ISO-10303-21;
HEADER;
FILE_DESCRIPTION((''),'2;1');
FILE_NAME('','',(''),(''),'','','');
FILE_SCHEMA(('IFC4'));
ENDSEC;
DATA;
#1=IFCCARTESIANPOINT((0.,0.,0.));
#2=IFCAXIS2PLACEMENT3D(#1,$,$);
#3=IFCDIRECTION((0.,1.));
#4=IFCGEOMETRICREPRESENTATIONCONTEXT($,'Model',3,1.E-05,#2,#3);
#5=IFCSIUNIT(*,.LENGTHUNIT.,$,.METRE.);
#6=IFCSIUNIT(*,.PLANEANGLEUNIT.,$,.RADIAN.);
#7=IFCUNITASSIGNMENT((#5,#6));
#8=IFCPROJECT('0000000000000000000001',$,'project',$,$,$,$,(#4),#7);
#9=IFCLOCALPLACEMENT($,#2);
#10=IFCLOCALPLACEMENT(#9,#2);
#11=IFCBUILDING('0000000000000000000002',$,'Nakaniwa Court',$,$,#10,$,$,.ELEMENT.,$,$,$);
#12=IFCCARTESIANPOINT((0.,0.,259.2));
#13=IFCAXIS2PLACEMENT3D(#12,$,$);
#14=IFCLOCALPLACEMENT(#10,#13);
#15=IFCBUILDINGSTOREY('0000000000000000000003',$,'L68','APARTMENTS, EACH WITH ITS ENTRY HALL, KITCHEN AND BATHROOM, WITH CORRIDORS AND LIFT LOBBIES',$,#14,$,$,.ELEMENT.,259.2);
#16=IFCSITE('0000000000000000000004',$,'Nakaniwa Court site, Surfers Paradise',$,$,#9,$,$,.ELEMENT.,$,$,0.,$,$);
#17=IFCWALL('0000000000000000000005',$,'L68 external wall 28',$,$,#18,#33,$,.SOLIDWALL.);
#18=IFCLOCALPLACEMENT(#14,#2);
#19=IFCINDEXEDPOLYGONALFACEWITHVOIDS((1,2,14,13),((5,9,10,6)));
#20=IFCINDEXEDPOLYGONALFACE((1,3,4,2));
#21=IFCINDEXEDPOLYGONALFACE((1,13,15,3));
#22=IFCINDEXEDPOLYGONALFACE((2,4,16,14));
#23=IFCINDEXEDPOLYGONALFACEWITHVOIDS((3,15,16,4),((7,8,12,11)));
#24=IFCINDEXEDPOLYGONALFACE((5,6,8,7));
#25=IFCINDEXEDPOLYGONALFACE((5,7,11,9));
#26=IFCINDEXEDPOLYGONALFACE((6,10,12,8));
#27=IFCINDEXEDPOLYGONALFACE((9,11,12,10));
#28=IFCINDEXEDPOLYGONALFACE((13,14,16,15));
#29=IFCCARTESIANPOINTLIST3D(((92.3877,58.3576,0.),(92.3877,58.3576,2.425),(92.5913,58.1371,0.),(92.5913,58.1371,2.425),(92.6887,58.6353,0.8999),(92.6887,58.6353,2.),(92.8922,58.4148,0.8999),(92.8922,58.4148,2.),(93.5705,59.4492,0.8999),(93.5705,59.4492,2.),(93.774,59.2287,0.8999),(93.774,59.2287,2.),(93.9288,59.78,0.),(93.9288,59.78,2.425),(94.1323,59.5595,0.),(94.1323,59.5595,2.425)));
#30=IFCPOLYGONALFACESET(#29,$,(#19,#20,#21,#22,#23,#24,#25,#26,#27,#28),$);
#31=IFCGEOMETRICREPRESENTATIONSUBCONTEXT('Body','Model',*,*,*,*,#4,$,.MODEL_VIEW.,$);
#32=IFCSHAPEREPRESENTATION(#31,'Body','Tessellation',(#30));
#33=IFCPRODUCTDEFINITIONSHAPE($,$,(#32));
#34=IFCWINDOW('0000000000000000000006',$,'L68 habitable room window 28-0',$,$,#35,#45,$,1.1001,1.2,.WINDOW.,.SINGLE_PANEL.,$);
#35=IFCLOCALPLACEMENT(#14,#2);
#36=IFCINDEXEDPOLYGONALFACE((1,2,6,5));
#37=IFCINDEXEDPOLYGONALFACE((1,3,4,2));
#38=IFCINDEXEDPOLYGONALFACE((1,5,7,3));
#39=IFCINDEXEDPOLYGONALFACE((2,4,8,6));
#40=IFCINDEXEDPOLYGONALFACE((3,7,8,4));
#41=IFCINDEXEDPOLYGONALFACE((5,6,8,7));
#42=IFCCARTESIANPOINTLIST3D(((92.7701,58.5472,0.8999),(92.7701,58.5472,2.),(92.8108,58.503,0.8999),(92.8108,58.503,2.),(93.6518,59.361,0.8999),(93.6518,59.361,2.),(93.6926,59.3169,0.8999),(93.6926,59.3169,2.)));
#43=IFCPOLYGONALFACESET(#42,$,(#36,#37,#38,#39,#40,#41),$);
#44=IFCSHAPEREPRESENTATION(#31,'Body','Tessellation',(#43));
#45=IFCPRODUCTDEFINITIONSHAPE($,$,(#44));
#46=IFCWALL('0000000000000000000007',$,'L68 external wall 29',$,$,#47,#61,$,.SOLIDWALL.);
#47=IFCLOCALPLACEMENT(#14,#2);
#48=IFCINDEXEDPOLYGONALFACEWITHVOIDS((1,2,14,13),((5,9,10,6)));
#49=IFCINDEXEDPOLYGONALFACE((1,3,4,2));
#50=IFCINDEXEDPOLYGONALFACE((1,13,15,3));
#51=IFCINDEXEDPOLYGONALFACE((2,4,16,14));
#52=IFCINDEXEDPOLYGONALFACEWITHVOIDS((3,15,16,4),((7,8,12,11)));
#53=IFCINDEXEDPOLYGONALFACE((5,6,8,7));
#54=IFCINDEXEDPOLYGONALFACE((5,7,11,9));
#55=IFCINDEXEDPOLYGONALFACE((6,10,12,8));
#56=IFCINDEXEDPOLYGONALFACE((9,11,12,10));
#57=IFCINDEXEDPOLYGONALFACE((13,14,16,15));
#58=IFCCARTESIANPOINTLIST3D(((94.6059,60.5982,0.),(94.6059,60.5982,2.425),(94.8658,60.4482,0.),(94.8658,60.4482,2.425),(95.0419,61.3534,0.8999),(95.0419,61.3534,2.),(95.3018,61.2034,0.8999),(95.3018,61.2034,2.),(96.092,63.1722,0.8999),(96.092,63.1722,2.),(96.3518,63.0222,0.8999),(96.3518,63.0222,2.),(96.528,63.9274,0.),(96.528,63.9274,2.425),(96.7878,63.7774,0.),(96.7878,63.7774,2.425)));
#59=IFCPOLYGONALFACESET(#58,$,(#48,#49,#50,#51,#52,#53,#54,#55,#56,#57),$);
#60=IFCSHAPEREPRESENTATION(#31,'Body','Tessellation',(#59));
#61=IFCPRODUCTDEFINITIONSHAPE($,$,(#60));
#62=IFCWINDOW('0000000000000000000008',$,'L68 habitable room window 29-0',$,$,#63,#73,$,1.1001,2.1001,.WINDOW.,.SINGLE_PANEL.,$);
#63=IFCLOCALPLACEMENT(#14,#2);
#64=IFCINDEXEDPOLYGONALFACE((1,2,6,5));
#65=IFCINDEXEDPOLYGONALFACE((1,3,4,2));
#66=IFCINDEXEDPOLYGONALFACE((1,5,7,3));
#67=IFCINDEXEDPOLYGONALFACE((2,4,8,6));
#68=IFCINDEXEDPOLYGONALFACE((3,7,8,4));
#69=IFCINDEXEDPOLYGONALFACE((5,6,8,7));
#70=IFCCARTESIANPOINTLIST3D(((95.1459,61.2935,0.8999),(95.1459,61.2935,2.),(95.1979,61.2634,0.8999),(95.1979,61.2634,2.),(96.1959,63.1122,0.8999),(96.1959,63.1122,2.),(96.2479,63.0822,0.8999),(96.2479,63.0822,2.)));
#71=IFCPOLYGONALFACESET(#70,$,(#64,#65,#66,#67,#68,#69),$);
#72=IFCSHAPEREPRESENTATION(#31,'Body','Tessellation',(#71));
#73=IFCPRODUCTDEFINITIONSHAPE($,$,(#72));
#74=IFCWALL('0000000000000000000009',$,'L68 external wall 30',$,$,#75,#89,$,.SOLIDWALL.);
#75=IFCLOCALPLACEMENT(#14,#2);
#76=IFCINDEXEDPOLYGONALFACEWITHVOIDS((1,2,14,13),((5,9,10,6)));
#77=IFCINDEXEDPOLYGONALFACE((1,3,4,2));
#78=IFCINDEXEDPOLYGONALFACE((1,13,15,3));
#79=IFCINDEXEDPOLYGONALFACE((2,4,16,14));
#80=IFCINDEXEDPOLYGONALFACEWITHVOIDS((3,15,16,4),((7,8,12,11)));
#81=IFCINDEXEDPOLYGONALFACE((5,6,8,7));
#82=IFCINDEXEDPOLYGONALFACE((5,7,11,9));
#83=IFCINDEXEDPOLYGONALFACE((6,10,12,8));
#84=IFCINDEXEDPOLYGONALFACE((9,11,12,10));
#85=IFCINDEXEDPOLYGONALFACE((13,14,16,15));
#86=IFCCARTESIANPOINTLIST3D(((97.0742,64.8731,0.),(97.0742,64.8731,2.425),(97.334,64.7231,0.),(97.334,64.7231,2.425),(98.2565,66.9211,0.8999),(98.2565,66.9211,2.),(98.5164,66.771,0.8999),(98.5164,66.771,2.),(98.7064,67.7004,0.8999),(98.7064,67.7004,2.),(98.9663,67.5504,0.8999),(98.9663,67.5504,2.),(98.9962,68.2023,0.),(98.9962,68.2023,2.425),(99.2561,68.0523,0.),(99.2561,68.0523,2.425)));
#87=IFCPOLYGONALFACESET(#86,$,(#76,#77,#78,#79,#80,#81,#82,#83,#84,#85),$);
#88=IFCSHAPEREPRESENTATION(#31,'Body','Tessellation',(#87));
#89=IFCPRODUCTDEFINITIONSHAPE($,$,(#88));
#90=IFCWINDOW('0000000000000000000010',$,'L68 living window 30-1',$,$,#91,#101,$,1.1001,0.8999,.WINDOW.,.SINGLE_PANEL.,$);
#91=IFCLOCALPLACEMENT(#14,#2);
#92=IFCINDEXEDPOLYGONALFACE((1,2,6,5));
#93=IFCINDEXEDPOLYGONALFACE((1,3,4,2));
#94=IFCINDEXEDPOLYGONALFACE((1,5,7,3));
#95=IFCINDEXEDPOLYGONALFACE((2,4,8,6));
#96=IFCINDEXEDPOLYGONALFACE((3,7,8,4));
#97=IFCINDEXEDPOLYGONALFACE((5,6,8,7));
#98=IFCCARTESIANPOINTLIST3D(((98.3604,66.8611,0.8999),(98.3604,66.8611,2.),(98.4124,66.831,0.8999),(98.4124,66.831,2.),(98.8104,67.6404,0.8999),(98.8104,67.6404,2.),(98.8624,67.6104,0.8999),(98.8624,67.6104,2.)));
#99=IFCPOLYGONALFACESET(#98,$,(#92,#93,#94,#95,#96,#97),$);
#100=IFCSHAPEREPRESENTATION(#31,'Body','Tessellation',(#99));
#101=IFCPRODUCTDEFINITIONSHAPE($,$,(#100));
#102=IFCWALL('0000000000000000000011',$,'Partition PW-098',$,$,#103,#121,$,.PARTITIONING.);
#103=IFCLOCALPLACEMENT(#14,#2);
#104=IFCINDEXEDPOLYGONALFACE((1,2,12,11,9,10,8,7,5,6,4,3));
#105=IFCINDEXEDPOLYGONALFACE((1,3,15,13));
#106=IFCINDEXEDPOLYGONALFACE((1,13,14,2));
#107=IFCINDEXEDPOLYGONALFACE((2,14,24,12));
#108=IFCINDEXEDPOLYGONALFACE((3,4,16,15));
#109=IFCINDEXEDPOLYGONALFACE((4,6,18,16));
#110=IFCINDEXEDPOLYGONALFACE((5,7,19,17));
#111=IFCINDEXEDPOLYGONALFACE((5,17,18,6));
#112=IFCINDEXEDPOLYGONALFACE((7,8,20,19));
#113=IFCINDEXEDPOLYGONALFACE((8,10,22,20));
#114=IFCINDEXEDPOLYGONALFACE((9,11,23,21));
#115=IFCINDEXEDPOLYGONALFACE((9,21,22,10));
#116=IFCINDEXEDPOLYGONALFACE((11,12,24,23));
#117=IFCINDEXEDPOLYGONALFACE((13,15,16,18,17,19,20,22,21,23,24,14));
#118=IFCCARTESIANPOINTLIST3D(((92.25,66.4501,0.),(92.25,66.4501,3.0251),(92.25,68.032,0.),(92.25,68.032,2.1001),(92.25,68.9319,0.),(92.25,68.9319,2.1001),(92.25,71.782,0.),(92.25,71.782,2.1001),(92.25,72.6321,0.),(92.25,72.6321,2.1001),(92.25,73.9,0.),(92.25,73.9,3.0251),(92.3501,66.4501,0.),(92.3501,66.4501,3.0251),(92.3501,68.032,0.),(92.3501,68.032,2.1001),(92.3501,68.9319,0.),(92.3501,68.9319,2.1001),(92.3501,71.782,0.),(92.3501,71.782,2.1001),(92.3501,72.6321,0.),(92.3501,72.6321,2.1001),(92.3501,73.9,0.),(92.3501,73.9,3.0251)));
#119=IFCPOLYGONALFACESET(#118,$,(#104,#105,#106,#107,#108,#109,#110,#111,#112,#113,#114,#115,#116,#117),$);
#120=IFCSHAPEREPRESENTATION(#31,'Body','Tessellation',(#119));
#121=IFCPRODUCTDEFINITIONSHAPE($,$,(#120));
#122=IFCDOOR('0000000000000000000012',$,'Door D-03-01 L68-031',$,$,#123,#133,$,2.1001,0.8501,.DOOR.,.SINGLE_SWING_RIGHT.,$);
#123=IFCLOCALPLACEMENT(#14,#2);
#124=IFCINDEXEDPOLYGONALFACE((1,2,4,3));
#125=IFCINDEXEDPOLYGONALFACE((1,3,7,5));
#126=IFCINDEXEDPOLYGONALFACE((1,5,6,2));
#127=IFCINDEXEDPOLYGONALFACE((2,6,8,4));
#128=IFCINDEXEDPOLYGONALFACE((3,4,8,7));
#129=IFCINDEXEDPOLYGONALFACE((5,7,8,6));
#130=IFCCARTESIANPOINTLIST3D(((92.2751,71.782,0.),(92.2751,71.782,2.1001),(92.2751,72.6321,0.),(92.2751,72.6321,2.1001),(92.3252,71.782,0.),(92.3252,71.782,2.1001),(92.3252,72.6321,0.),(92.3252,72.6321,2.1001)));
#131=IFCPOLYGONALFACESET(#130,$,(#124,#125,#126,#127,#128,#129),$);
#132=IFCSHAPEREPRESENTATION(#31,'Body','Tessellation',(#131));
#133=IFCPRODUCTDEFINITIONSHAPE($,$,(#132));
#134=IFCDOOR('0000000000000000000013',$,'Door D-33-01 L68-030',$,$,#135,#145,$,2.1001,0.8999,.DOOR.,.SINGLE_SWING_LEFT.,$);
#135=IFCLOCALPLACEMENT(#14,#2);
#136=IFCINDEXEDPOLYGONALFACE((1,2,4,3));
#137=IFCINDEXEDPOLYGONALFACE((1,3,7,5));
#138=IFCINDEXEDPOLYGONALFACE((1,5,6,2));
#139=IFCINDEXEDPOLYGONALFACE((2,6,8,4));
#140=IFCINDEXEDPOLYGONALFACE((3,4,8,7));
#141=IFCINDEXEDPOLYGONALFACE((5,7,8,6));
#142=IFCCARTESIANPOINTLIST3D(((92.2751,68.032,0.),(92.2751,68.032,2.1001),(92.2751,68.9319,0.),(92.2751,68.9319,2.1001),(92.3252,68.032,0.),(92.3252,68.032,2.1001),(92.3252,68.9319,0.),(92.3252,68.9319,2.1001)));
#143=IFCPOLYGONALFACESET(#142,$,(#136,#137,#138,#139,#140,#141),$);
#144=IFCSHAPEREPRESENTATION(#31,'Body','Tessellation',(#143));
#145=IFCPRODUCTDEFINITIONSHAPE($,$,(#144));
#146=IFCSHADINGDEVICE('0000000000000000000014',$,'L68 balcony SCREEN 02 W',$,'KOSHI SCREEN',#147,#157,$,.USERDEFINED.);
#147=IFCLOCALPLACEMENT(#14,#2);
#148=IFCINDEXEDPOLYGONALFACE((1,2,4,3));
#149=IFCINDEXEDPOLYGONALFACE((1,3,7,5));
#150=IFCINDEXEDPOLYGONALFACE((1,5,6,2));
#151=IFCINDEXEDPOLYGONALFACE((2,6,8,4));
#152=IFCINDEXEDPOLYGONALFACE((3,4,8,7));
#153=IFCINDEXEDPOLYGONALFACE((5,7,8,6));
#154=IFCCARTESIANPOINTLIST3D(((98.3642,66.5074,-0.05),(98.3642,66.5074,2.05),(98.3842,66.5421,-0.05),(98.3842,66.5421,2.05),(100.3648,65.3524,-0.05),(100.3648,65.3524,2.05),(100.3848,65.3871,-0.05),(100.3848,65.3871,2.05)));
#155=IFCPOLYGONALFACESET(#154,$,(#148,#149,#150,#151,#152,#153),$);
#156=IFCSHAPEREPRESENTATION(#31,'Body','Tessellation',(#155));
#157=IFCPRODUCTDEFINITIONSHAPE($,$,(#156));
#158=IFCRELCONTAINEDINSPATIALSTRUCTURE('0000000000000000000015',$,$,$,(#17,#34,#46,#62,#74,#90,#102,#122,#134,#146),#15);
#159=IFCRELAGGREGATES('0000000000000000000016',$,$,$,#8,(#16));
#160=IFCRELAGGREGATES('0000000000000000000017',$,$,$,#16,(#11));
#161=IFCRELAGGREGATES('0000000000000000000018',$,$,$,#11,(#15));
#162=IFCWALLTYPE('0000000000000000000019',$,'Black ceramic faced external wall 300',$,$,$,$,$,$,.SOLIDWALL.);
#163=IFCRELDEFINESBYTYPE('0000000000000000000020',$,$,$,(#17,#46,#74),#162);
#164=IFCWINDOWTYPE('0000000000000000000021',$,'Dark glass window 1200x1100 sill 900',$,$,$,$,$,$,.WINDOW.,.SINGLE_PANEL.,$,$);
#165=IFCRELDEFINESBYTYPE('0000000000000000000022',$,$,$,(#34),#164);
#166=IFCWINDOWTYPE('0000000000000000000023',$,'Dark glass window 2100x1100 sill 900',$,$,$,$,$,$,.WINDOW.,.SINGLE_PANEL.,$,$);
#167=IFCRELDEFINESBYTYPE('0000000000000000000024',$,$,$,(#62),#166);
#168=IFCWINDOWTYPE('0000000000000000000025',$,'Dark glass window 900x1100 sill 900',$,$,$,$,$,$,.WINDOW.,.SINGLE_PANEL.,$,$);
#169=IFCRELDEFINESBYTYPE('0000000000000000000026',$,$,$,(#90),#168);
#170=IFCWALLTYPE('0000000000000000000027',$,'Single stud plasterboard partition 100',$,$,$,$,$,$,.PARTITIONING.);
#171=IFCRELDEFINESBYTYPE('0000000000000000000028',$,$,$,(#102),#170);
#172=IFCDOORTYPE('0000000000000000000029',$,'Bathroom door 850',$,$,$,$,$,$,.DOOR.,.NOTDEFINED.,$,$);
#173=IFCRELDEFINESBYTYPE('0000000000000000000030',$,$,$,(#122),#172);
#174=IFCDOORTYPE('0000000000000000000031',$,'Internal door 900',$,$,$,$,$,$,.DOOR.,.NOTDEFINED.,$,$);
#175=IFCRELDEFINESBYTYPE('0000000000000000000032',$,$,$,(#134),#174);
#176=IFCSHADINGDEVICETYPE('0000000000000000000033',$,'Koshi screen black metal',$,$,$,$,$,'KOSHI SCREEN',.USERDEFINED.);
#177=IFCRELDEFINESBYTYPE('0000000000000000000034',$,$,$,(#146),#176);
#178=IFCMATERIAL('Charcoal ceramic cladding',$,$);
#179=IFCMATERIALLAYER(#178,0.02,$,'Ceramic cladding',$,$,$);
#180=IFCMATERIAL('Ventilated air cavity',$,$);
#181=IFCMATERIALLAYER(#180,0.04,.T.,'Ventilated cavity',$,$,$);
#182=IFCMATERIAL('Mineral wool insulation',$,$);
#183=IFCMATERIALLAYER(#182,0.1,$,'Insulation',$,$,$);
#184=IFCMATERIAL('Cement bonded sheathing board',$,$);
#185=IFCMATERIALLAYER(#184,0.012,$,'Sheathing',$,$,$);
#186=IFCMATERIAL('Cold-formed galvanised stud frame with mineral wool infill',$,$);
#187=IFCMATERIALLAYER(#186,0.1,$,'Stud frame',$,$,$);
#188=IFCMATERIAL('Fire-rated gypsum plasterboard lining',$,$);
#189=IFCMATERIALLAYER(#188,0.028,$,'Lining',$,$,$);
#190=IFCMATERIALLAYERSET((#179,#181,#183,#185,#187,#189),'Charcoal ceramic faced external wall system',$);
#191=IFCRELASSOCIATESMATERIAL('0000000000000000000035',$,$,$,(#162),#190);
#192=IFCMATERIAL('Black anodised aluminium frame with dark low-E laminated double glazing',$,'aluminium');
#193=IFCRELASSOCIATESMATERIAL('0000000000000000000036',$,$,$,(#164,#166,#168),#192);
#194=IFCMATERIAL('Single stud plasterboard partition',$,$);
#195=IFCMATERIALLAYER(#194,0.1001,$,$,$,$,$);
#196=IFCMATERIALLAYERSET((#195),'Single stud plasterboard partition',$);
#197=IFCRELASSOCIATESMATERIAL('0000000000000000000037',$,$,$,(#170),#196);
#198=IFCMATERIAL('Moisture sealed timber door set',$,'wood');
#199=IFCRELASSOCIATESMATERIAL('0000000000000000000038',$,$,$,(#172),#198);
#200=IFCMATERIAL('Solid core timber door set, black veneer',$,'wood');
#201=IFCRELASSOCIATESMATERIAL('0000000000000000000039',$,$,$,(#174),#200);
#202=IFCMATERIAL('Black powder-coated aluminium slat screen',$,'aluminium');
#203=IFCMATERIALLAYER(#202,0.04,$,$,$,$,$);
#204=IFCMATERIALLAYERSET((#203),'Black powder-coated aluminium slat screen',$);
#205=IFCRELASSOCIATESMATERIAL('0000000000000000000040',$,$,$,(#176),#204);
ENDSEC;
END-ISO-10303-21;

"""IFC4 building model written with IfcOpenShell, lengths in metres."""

from ifc_helpers import new_model, si_unit, direction, frame, frame_2d, origin, origin_2d, place, context, subcontext, project, spatial, rectangle, extrude, material, layer, layer_set, type_object, element, fill, save


model = new_model("IFC4")

# Units and contexts
model_context = context("Model", 3, precision=1e-05, world=origin(), true_north=direction((0.0, 1.0)))
body_context = subcontext(model_context, "Body", "Model", "MODEL_VIEW")
ifc_project = project(units=[si_unit("LENGTHUNIT", "METRE"), si_unit("PLANEANGLEUNIT", "RADIAN")], contexts=[model_context])

# Site, building, storey
site_placement = place(None, origin())
site = spatial("IfcSite", under=ifc_project, at=site_placement, Name="Nakaniwa Court site, Surfers Paradise", CompositionType="ELEMENT", RefElevation=0.0)
building_placement = place(site_placement, origin())
building = spatial("IfcBuilding", under=site, at=building_placement, Name="Nakaniwa Court", CompositionType="ELEMENT")
storey_placement = place(building_placement, frame((0.0, 0.0, 259.2)))
storey = spatial("IfcBuildingStorey", under=building, at=storey_placement, Name="L68", Description="APARTMENTS, EACH WITH ITS ENTRY HALL, KITCHEN AND BATHROOM, WITH CORRIDORS AND LIFT LOBBIES", CompositionType="ELEMENT", Elevation=259.2)

# Walls, openings, windows
ifc_material_1 = material(Name="Charcoal ceramic cladding")
ifc_layer_1 = layer(ifc_material_1, 0.02, Name="Ceramic cladding")
ifc_material_2 = material(Name="Ventilated air cavity")
ifc_layer_2 = layer(ifc_material_2, 0.04, ventilated=True, Name="Ventilated cavity")
ifc_material_3 = material(Name="Mineral wool insulation")
ifc_layer_3 = layer(ifc_material_3, 0.1, Name="Insulation")
ifc_material_4 = material(Name="Cement bonded sheathing board")
ifc_layer_4 = layer(ifc_material_4, 0.012, Name="Sheathing")
ifc_material_5 = material(Name="Cold-formed galvanised stud frame with mineral wool infill")
ifc_layer_5 = layer(ifc_material_5, 0.1, Name="Stud frame")
ifc_material_6 = material(Name="Fire-rated gypsum plasterboard lining")
ifc_layer_6 = layer(ifc_material_6, 0.028, Name="Lining")
ifc_layer_set_1 = layer_set([ifc_layer_1, ifc_layer_2, ifc_layer_3, ifc_layer_4, ifc_layer_5, ifc_layer_6], Name="Charcoal ceramic faced external wall system")
wall_type_1 = type_object("IfcWallType", Name="Black ceramic faced external wall 300", PredefinedType="SOLIDWALL", material=ifc_layer_set_1)
ifc_material_7 = material(Name="Black anodised aluminium frame with dark low-E laminated double glazing", Category="aluminium")
window_type_1 = type_object("IfcWindowType", Name="Dark glass window 1200x1100 sill 900", PartitioningType="SINGLE_PANEL", PredefinedType="WINDOW", material=ifc_material_7)
wall_1_placement = place(storey_placement, frame((92.4895, 58.2473, 0.0), z_axis=(0.0, 0.0, 1.0), x_axis=(0.73483, 0.678251, 0.0)))
wall_1 = element("IfcWall", 1, at=wall_1_placement, inside=storey, type_object=wall_type_1, Name="L68 external wall 28", PredefinedType="SOLIDWALL", context=body_context, shape_type="SweptSolid", body=[
    extrude(rectangle(XDim=2.0972, YDim=0.3, at=frame_2d((1.0486, 0.0))), origin(), (0.0, 0.0, 1.0), 2.425),
])
opening_1_placement = place(wall_1_placement, frame((0.4094, 0.0, 0.8999)))
opening_1 = element("IfcOpeningElement", 2, at=opening_1_placement, cuts=wall_1, PredefinedType="OPENING", context=body_context, shape_type="SweptSolid", body=[
    extrude(rectangle(XDim=1.2, YDim=1.1001, at=frame_2d((0.6001, 0.55))), frame((0.0, 0.1599, 0.0), z_axis=(0.0, -1.0, 0.0), x_axis=(1.0, 0.0, 0.0)), (0.0, 0.0, 1.0), 0.3201),
])
window_1_placement = place(opening_1_placement, origin())
window_1 = element("IfcWindow", 3, at=window_1_placement, inside=storey, type_object=window_type_1, Name="L68 habitable room window 28-0", OverallHeight=1.1001, OverallWidth=1.2, PartitioningType="SINGLE_PANEL", PredefinedType="WINDOW", context=body_context, shape_type="SweptSolid", body=[
    extrude(rectangle(XDim=1.2, YDim=1.1001, at=frame_2d((0.6001, 0.55))), frame((0.0, 0.03, 0.0), z_axis=(0.0, -1.0, 0.0), x_axis=(1.0, 0.0, 0.0)), (0.0, 0.0, 1.0), 0.0601),
])
fill(opening_1, window_1)
wall_2_placement = place(storey_placement, frame((94.7358, 60.5232, 0.0), z_axis=(0.0, 0.0, 1.0), x_axis=(0.499984, 0.866034, 0.0)))
wall_2 = element("IfcWall", 4, at=wall_2_placement, inside=storey, type_object=wall_type_1, Name="L68 external wall 29", PredefinedType="SOLIDWALL", context=body_context, shape_type="SweptSolid", body=[
    extrude(rectangle(XDim=3.8442, YDim=0.3, at=frame_2d((1.9221, 0.0))), origin(), (0.0, 0.0, 1.0), 2.425),
])
opening_2_placement = place(wall_2_placement, frame((0.8721, 0.0, 0.8999)))
opening_2 = element("IfcOpeningElement", 5, at=opening_2_placement, cuts=wall_2, PredefinedType="OPENING", context=body_context, shape_type="SweptSolid", body=[
    extrude(rectangle(XDim=2.1001, YDim=1.1001, at=frame_2d((1.05, 0.55))), frame((0.0, 0.1599, 0.0), z_axis=(0.0, -1.0, 0.0), x_axis=(1.0, 0.0, 0.0)), (0.0, 0.0, 1.0), 0.3201),
])
window_type_2 = type_object("IfcWindowType", Name="Dark glass window 2100x1100 sill 900", PartitioningType="SINGLE_PANEL", PredefinedType="WINDOW", material=ifc_material_7)
window_2_placement = place(opening_2_placement, origin())
window_2 = element("IfcWindow", 6, at=window_2_placement, inside=storey, type_object=window_type_2, Name="L68 habitable room window 29-0", OverallHeight=1.1001, OverallWidth=2.1001, PartitioningType="SINGLE_PANEL", PredefinedType="WINDOW", context=body_context, shape_type="SweptSolid", body=[
    extrude(rectangle(XDim=2.1001, YDim=1.1001, at=frame_2d((1.05, 0.55))), frame((0.0, 0.03, 0.0), z_axis=(0.0, -1.0, 0.0), x_axis=(1.0, 0.0, 0.0)), (0.0, 0.0, 1.0), 0.0601),
])
fill(opening_2, window_2)
wall_3_placement = place(storey_placement, frame((97.2041, 64.7981, 0.0), z_axis=(0.0, 0.0, 1.0), x_axis=(0.499984, 0.866034, 0.0)))
wall_3 = element("IfcWall", 7, at=wall_3_placement, inside=storey, type_object=wall_type_1, Name="L68 external wall 30", PredefinedType="SOLIDWALL", context=body_context, shape_type="SweptSolid", body=[
    extrude(rectangle(XDim=3.8442, YDim=0.3, at=frame_2d((1.9221, 0.0))), origin(), (0.0, 0.0, 1.0), 2.425),
])
opening_3_placement = place(wall_3_placement, frame((2.3647, 0.0, 0.8999)))
opening_3 = element("IfcOpeningElement", 8, at=opening_3_placement, cuts=wall_3, PredefinedType="OPENING", context=body_context, shape_type="SweptSolid", body=[
    extrude(rectangle(XDim=0.8999, YDim=1.1001, at=frame_2d((0.45, 0.55))), frame((0.0, 0.1599, 0.0), z_axis=(0.0, -1.0, 0.0), x_axis=(1.0, 0.0, 0.0)), (0.0, 0.0, 1.0), 0.3201),
])
window_type_3 = type_object("IfcWindowType", Name="Dark glass window 900x1100 sill 900", PartitioningType="SINGLE_PANEL", PredefinedType="WINDOW", material=ifc_material_7)
window_3_placement = place(opening_3_placement, origin())
window_3 = element("IfcWindow", 9, at=window_3_placement, inside=storey, type_object=window_type_3, Name="L68 living window 30-1", OverallHeight=1.1001, OverallWidth=0.8999, PartitioningType="SINGLE_PANEL", PredefinedType="WINDOW", context=body_context, shape_type="SweptSolid", body=[
    extrude(rectangle(XDim=0.8999, YDim=1.1001, at=frame_2d((0.45, 0.55))), frame((0.0, 0.03, 0.0), z_axis=(0.0, -1.0, 0.0), x_axis=(1.0, 0.0, 0.0)), (0.0, 0.0, 1.0), 0.0601),
])
fill(opening_3, window_3)

# Wall, openings, doors
ifc_material_8 = material(Name="Single stud plasterboard partition")
ifc_layer_7 = layer(ifc_material_8, 0.1001)
ifc_layer_set_2 = layer_set([ifc_layer_7], Name="Single stud plasterboard partition")
wall_type_2 = type_object("IfcWallType", Name="Single stud plasterboard partition 100", PredefinedType="PARTITIONING", material=ifc_layer_set_2)
wall_4_placement = place(storey_placement, frame((92.3, 66.45, 0.0), z_axis=(0.0, 0.0, 1.0), x_axis=(0.0, 1.0, 0.0)))
wall_4 = element("IfcWall", 10, at=wall_4_placement, inside=storey, type_object=wall_type_2, Name="Partition PW-098", PredefinedType="PARTITIONING", context=body_context, shape_type="SweptSolid", body=[
    extrude(rectangle(XDim=7.45, YDim=0.1001, at=frame_2d((3.7251, 0.0))), origin(), (0.0, 0.0, 1.0), 3.0251),
])
opening_4_placement = place(wall_4_placement, frame((1.582, 0.0, 0.0)))
opening_4 = element("IfcOpeningElement", 11, at=opening_4_placement, cuts=wall_4, PredefinedType="OPENING", context=body_context, shape_type="SweptSolid", body=[
    extrude(rectangle(XDim=0.8999, YDim=2.1001, at=frame_2d((0.45, 1.05))), frame((0.0, 0.0601, 0.0), z_axis=(0.0, -1.0, 0.0), x_axis=(1.0, 0.0, 0.0)), (0.0, 0.0, 1.0), 0.1201),
])
opening_5_placement = place(wall_4_placement, frame((5.332, 0.0, 0.0)))
opening_5 = element("IfcOpeningElement", 12, at=opening_5_placement, cuts=wall_4, PredefinedType="OPENING", context=body_context, shape_type="SweptSolid", body=[
    extrude(rectangle(XDim=0.8501, YDim=2.1001, at=frame_2d((0.425, 1.05))), frame((0.0, 0.0601, 0.0), z_axis=(0.0, -1.0, 0.0), x_axis=(1.0, 0.0, 0.0)), (0.0, 0.0, 1.0), 0.1201),
])
ifc_material_9 = material(Name="Moisture sealed timber door set", Category="wood")
door_type_1 = type_object("IfcDoorType", Name="Bathroom door 850", OperationType="NOTDEFINED", PredefinedType="DOOR", material=ifc_material_9)
door_1_placement = place(opening_5_placement, origin())
door_1 = element("IfcDoor", 13, at=door_1_placement, inside=storey, type_object=door_type_1, Name="Door D-03-01 L68-031", OperationType="SINGLE_SWING_RIGHT", OverallHeight=2.1001, OverallWidth=0.8501, PredefinedType="DOOR", context=body_context, shape_type="SweptSolid", body=[
    extrude(rectangle(XDim=0.8501, YDim=2.1001, at=frame_2d((0.425, 1.05))), frame((0.0, 0.0249, 0.0), z_axis=(0.0, -1.0, 0.0), x_axis=(1.0, 0.0, 0.0)), (0.0, 0.0, 1.0), 0.05),
])
fill(opening_5, door_1)
ifc_material_10 = material(Name="Solid core timber door set, black veneer", Category="wood")
door_type_2 = type_object("IfcDoorType", Name="Internal door 900", OperationType="NOTDEFINED", PredefinedType="DOOR", material=ifc_material_10)
door_2_placement = place(opening_4_placement, origin())
door_2 = element("IfcDoor", 14, at=door_2_placement, inside=storey, type_object=door_type_2, Name="Door D-33-01 L68-030", OperationType="SINGLE_SWING_LEFT", OverallHeight=2.1001, OverallWidth=0.8999, PredefinedType="DOOR", context=body_context, shape_type="SweptSolid", body=[
    extrude(rectangle(XDim=0.8999, YDim=2.1001, at=frame_2d((0.45, 1.05))), frame((0.0, 0.0249, 0.0), z_axis=(0.0, -1.0, 0.0), x_axis=(1.0, 0.0, 0.0)), (0.0, 0.0, 1.0), 0.05),
])
fill(opening_4, door_2)

# Shading device
ifc_material_11 = material(Name="Black powder-coated aluminium slat screen", Category="aluminium")
ifc_layer_8 = layer(ifc_material_11, 0.04)
ifc_layer_set_3 = layer_set([ifc_layer_8], Name="Black powder-coated aluminium slat screen")
shading_device_type_1 = type_object("IfcShadingDeviceType", Name="Koshi screen black metal", ElementType="KOSHI SCREEN", PredefinedType="USERDEFINED", material=ifc_layer_set_3)
shading_device_placement = place(storey_placement, frame((99.3745, 65.9473, -0.05), z_axis=(0.0, 0.0, 1.0), x_axis=(0.499986, 0.866033, 0.0)))
element("IfcShadingDevice", 15, at=shading_device_placement, inside=storey, type_object=shading_device_type_1, Name="L68 balcony SCREEN 02 W", ObjectType="KOSHI SCREEN", PredefinedType="USERDEFINED", context=body_context, shape_type="SweptSolid", body=[
    extrude(rectangle(XDim=0.04, YDim=2.3101, at=origin_2d()), origin(), (0.0, 0.0, 1.0), 2.1001),
])

save(model, "model.ifc")
